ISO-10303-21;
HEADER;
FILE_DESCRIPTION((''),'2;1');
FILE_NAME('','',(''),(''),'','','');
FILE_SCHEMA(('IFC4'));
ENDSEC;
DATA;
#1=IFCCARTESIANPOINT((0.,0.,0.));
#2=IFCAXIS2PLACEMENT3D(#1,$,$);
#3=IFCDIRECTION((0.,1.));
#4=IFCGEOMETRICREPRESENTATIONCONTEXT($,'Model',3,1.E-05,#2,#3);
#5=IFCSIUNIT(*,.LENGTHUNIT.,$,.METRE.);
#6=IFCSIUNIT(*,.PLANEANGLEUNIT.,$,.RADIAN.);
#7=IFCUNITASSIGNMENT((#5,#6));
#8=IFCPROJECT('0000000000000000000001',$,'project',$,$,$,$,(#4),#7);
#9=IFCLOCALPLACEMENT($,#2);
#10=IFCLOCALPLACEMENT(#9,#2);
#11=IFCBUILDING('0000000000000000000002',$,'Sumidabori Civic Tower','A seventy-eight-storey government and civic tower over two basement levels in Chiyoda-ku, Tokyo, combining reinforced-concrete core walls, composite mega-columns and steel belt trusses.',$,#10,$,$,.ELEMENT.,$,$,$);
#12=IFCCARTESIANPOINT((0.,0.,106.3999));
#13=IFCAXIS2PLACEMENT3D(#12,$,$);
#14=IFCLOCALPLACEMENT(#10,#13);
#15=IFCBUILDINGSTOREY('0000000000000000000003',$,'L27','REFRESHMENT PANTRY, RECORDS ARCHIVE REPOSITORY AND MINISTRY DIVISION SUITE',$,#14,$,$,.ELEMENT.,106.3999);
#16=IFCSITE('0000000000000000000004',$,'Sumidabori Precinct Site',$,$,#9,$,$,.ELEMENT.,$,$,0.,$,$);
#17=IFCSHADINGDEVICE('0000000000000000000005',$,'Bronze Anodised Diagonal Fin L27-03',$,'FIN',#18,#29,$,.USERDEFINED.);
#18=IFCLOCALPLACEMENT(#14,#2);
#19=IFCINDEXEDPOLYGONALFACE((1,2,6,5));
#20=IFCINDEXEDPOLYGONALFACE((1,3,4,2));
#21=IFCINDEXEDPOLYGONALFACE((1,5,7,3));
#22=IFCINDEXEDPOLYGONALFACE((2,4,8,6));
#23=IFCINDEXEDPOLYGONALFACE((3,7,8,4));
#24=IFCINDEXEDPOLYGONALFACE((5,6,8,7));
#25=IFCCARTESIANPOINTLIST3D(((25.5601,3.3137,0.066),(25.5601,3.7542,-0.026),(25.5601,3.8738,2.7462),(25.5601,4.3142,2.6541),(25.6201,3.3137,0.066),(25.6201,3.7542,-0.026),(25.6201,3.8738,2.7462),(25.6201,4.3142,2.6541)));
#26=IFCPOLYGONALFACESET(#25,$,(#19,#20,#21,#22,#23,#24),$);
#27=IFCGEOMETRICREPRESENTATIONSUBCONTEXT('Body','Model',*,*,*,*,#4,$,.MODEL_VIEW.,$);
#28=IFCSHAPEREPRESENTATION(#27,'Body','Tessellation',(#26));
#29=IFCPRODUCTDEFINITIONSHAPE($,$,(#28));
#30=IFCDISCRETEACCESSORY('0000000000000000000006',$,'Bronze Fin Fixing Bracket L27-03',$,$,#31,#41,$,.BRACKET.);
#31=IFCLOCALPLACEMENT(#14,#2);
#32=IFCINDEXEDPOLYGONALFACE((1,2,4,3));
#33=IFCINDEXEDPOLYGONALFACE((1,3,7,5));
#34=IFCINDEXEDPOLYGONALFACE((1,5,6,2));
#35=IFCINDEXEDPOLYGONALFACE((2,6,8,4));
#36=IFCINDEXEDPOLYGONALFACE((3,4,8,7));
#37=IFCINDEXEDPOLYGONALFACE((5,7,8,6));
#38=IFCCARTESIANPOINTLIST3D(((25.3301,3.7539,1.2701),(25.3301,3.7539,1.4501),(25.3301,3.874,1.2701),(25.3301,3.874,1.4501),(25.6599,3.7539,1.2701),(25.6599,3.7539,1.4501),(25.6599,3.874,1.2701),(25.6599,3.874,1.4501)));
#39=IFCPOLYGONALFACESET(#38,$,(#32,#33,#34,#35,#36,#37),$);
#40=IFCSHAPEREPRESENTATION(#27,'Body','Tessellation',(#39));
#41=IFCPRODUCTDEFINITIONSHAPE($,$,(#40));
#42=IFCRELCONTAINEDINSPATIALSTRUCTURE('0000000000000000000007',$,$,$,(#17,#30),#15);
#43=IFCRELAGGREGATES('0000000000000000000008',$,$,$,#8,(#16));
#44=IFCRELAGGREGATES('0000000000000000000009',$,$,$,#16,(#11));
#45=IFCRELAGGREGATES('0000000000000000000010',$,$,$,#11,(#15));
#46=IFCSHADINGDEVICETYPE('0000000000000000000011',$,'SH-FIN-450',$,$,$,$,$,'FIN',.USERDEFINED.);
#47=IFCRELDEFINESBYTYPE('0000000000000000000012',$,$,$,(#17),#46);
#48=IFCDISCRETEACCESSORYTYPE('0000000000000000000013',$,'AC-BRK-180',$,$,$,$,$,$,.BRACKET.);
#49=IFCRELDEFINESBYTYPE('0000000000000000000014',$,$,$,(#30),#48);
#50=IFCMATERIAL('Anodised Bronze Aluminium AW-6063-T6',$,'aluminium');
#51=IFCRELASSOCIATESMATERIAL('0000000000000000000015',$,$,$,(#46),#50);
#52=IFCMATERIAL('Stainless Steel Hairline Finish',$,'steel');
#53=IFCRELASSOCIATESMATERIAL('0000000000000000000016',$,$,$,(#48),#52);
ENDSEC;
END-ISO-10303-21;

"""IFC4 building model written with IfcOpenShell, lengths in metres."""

from ifc_helpers import new_model, si_unit, direction, frame, origin, origin_2d, place, context, subcontext, project, spatial, rectangle, extrude, source, transform, mapped, material, material_profile, profile_set, type_object, element, save


model = new_model("IFC4")

# Units and contexts
model_context = context("Model", 3, precision=1e-05, world=origin(), true_north=direction((0.0, 1.0)))
body_context = subcontext(model_context, "Body", "Model", "MODEL_VIEW")
ifc_project = project(units=[si_unit("LENGTHUNIT", "METRE"), si_unit("PLANEANGLEUNIT", "RADIAN")], contexts=[model_context])

# Site, building, storey
site_placement = place(None, origin())
site = spatial("IfcSite", under=ifc_project, at=site_placement, Name="Sumidabori Precinct Site", CompositionType="ELEMENT", RefElevation=0.0)
building_placement = place(site_placement, origin())
building = spatial("IfcBuilding", under=site, at=building_placement, Name="Sumidabori Civic Tower", Description="A seventy-eight-storey government and civic tower over two basement levels in Chiyoda-ku, Tokyo, combining reinforced-concrete core walls, composite mega-columns and steel belt trusses.", CompositionType="ELEMENT")
storey_placement = place(building_placement, frame((0.0, 0.0, 106.3999)))
storey = spatial("IfcBuildingStorey", under=building, at=storey_placement, Name="L27", Description="REFRESHMENT PANTRY, RECORDS ARCHIVE REPOSITORY AND MINISTRY DIVISION SUITE", CompositionType="ELEMENT", Elevation=106.3999)

# Shared definitions
ifc_material_1 = material(Name="Anodised Bronze Aluminium AW-6063-T6", Category="aluminium")

# Shared definitions
ifc_material_2 = material(Name="Stainless Steel Hairline Finish", Category="steel")

# Shading device
ifc_material_profile_1 = material_profile(ifc_material_1, rectangle(XDim=0.0601, YDim=0.45, at=origin_2d()), Name="BRONZE FIN 450x60")
ifc_profile_set_1 = profile_set([ifc_material_profile_1], Name="Anodised Bronze Aluminium AW-6063-T6")
shading_device_type = type_object("IfcShadingDeviceType", Name="SH-FIN-450", ElementType="FIN", PredefinedType="USERDEFINED", material=ifc_profile_set_1)
shared_shape_1 = source(origin(), body_context, "Body", "SweptSolid", [
    extrude(rectangle(XDim=0.0601, YDim=0.45, at=origin_2d()), origin(), (0.0, 0.0, 1.0), 2.738),
])
shading_device_placement = place(storey_placement, frame((25.5901, 3.5339, 0.02), z_axis=(0.0, 0.204545, 0.978857), x_axis=(-1.0, 0.0, 0.0)))
element("IfcShadingDevice", 1, at=shading_device_placement, inside=storey, type_object=shading_device_type, Name="Bronze Anodised Diagonal Fin L27-03", ObjectType="FIN", PredefinedType="USERDEFINED", context=body_context, shape_type="MappedRepresentation", body=[
    mapped(shared_shape_1, transform((0.0, 0.0, 0.0), x_axis=(1.0, 0.0, 0.0), y_axis=(0.0, 1.0, 0.0), z_axis=(0.0, 0.0, 1.0), scale=1.0)),
])

# Discrete accessory
ifc_material_profile_2 = material_profile(ifc_material_2, rectangle(XDim=0.1201, YDim=0.1799, at=origin_2d()), Name="STEEL BRACKET 180x120")
ifc_profile_set_2 = profile_set([ifc_material_profile_2], Name="Stainless Steel Hairline Finish")
discrete_accessory_type = type_object("IfcDiscreteAccessoryType", Name="AC-BRK-180", PredefinedType="BRACKET", material=ifc_profile_set_2)
shared_shape_2 = source(origin(), body_context, "Body", "SweptSolid", [
    extrude(rectangle(XDim=0.1201, YDim=0.1799, at=origin_2d()), origin(), (0.0, 0.0, 1.0), 0.3298),
])
discrete_accessory_placement = place(storey_placement, frame((25.3301, 3.814, 1.3601), z_axis=(1.0, 0.0, 0.0), x_axis=(0.0, 1.0, 0.0)))
element("IfcDiscreteAccessory", 2, at=discrete_accessory_placement, inside=storey, type_object=discrete_accessory_type, Name="Bronze Fin Fixing Bracket L27-03", PredefinedType="BRACKET", context=body_context, shape_type="MappedRepresentation", body=[
    mapped(shared_shape_2, transform((0.0, 0.0, 0.0), x_axis=(1.0, 0.0, 0.0), y_axis=(0.0, 1.0, 0.0), z_axis=(0.0, 0.0, 1.0), scale=1.0)),
])

save(model, "model.ifc")
